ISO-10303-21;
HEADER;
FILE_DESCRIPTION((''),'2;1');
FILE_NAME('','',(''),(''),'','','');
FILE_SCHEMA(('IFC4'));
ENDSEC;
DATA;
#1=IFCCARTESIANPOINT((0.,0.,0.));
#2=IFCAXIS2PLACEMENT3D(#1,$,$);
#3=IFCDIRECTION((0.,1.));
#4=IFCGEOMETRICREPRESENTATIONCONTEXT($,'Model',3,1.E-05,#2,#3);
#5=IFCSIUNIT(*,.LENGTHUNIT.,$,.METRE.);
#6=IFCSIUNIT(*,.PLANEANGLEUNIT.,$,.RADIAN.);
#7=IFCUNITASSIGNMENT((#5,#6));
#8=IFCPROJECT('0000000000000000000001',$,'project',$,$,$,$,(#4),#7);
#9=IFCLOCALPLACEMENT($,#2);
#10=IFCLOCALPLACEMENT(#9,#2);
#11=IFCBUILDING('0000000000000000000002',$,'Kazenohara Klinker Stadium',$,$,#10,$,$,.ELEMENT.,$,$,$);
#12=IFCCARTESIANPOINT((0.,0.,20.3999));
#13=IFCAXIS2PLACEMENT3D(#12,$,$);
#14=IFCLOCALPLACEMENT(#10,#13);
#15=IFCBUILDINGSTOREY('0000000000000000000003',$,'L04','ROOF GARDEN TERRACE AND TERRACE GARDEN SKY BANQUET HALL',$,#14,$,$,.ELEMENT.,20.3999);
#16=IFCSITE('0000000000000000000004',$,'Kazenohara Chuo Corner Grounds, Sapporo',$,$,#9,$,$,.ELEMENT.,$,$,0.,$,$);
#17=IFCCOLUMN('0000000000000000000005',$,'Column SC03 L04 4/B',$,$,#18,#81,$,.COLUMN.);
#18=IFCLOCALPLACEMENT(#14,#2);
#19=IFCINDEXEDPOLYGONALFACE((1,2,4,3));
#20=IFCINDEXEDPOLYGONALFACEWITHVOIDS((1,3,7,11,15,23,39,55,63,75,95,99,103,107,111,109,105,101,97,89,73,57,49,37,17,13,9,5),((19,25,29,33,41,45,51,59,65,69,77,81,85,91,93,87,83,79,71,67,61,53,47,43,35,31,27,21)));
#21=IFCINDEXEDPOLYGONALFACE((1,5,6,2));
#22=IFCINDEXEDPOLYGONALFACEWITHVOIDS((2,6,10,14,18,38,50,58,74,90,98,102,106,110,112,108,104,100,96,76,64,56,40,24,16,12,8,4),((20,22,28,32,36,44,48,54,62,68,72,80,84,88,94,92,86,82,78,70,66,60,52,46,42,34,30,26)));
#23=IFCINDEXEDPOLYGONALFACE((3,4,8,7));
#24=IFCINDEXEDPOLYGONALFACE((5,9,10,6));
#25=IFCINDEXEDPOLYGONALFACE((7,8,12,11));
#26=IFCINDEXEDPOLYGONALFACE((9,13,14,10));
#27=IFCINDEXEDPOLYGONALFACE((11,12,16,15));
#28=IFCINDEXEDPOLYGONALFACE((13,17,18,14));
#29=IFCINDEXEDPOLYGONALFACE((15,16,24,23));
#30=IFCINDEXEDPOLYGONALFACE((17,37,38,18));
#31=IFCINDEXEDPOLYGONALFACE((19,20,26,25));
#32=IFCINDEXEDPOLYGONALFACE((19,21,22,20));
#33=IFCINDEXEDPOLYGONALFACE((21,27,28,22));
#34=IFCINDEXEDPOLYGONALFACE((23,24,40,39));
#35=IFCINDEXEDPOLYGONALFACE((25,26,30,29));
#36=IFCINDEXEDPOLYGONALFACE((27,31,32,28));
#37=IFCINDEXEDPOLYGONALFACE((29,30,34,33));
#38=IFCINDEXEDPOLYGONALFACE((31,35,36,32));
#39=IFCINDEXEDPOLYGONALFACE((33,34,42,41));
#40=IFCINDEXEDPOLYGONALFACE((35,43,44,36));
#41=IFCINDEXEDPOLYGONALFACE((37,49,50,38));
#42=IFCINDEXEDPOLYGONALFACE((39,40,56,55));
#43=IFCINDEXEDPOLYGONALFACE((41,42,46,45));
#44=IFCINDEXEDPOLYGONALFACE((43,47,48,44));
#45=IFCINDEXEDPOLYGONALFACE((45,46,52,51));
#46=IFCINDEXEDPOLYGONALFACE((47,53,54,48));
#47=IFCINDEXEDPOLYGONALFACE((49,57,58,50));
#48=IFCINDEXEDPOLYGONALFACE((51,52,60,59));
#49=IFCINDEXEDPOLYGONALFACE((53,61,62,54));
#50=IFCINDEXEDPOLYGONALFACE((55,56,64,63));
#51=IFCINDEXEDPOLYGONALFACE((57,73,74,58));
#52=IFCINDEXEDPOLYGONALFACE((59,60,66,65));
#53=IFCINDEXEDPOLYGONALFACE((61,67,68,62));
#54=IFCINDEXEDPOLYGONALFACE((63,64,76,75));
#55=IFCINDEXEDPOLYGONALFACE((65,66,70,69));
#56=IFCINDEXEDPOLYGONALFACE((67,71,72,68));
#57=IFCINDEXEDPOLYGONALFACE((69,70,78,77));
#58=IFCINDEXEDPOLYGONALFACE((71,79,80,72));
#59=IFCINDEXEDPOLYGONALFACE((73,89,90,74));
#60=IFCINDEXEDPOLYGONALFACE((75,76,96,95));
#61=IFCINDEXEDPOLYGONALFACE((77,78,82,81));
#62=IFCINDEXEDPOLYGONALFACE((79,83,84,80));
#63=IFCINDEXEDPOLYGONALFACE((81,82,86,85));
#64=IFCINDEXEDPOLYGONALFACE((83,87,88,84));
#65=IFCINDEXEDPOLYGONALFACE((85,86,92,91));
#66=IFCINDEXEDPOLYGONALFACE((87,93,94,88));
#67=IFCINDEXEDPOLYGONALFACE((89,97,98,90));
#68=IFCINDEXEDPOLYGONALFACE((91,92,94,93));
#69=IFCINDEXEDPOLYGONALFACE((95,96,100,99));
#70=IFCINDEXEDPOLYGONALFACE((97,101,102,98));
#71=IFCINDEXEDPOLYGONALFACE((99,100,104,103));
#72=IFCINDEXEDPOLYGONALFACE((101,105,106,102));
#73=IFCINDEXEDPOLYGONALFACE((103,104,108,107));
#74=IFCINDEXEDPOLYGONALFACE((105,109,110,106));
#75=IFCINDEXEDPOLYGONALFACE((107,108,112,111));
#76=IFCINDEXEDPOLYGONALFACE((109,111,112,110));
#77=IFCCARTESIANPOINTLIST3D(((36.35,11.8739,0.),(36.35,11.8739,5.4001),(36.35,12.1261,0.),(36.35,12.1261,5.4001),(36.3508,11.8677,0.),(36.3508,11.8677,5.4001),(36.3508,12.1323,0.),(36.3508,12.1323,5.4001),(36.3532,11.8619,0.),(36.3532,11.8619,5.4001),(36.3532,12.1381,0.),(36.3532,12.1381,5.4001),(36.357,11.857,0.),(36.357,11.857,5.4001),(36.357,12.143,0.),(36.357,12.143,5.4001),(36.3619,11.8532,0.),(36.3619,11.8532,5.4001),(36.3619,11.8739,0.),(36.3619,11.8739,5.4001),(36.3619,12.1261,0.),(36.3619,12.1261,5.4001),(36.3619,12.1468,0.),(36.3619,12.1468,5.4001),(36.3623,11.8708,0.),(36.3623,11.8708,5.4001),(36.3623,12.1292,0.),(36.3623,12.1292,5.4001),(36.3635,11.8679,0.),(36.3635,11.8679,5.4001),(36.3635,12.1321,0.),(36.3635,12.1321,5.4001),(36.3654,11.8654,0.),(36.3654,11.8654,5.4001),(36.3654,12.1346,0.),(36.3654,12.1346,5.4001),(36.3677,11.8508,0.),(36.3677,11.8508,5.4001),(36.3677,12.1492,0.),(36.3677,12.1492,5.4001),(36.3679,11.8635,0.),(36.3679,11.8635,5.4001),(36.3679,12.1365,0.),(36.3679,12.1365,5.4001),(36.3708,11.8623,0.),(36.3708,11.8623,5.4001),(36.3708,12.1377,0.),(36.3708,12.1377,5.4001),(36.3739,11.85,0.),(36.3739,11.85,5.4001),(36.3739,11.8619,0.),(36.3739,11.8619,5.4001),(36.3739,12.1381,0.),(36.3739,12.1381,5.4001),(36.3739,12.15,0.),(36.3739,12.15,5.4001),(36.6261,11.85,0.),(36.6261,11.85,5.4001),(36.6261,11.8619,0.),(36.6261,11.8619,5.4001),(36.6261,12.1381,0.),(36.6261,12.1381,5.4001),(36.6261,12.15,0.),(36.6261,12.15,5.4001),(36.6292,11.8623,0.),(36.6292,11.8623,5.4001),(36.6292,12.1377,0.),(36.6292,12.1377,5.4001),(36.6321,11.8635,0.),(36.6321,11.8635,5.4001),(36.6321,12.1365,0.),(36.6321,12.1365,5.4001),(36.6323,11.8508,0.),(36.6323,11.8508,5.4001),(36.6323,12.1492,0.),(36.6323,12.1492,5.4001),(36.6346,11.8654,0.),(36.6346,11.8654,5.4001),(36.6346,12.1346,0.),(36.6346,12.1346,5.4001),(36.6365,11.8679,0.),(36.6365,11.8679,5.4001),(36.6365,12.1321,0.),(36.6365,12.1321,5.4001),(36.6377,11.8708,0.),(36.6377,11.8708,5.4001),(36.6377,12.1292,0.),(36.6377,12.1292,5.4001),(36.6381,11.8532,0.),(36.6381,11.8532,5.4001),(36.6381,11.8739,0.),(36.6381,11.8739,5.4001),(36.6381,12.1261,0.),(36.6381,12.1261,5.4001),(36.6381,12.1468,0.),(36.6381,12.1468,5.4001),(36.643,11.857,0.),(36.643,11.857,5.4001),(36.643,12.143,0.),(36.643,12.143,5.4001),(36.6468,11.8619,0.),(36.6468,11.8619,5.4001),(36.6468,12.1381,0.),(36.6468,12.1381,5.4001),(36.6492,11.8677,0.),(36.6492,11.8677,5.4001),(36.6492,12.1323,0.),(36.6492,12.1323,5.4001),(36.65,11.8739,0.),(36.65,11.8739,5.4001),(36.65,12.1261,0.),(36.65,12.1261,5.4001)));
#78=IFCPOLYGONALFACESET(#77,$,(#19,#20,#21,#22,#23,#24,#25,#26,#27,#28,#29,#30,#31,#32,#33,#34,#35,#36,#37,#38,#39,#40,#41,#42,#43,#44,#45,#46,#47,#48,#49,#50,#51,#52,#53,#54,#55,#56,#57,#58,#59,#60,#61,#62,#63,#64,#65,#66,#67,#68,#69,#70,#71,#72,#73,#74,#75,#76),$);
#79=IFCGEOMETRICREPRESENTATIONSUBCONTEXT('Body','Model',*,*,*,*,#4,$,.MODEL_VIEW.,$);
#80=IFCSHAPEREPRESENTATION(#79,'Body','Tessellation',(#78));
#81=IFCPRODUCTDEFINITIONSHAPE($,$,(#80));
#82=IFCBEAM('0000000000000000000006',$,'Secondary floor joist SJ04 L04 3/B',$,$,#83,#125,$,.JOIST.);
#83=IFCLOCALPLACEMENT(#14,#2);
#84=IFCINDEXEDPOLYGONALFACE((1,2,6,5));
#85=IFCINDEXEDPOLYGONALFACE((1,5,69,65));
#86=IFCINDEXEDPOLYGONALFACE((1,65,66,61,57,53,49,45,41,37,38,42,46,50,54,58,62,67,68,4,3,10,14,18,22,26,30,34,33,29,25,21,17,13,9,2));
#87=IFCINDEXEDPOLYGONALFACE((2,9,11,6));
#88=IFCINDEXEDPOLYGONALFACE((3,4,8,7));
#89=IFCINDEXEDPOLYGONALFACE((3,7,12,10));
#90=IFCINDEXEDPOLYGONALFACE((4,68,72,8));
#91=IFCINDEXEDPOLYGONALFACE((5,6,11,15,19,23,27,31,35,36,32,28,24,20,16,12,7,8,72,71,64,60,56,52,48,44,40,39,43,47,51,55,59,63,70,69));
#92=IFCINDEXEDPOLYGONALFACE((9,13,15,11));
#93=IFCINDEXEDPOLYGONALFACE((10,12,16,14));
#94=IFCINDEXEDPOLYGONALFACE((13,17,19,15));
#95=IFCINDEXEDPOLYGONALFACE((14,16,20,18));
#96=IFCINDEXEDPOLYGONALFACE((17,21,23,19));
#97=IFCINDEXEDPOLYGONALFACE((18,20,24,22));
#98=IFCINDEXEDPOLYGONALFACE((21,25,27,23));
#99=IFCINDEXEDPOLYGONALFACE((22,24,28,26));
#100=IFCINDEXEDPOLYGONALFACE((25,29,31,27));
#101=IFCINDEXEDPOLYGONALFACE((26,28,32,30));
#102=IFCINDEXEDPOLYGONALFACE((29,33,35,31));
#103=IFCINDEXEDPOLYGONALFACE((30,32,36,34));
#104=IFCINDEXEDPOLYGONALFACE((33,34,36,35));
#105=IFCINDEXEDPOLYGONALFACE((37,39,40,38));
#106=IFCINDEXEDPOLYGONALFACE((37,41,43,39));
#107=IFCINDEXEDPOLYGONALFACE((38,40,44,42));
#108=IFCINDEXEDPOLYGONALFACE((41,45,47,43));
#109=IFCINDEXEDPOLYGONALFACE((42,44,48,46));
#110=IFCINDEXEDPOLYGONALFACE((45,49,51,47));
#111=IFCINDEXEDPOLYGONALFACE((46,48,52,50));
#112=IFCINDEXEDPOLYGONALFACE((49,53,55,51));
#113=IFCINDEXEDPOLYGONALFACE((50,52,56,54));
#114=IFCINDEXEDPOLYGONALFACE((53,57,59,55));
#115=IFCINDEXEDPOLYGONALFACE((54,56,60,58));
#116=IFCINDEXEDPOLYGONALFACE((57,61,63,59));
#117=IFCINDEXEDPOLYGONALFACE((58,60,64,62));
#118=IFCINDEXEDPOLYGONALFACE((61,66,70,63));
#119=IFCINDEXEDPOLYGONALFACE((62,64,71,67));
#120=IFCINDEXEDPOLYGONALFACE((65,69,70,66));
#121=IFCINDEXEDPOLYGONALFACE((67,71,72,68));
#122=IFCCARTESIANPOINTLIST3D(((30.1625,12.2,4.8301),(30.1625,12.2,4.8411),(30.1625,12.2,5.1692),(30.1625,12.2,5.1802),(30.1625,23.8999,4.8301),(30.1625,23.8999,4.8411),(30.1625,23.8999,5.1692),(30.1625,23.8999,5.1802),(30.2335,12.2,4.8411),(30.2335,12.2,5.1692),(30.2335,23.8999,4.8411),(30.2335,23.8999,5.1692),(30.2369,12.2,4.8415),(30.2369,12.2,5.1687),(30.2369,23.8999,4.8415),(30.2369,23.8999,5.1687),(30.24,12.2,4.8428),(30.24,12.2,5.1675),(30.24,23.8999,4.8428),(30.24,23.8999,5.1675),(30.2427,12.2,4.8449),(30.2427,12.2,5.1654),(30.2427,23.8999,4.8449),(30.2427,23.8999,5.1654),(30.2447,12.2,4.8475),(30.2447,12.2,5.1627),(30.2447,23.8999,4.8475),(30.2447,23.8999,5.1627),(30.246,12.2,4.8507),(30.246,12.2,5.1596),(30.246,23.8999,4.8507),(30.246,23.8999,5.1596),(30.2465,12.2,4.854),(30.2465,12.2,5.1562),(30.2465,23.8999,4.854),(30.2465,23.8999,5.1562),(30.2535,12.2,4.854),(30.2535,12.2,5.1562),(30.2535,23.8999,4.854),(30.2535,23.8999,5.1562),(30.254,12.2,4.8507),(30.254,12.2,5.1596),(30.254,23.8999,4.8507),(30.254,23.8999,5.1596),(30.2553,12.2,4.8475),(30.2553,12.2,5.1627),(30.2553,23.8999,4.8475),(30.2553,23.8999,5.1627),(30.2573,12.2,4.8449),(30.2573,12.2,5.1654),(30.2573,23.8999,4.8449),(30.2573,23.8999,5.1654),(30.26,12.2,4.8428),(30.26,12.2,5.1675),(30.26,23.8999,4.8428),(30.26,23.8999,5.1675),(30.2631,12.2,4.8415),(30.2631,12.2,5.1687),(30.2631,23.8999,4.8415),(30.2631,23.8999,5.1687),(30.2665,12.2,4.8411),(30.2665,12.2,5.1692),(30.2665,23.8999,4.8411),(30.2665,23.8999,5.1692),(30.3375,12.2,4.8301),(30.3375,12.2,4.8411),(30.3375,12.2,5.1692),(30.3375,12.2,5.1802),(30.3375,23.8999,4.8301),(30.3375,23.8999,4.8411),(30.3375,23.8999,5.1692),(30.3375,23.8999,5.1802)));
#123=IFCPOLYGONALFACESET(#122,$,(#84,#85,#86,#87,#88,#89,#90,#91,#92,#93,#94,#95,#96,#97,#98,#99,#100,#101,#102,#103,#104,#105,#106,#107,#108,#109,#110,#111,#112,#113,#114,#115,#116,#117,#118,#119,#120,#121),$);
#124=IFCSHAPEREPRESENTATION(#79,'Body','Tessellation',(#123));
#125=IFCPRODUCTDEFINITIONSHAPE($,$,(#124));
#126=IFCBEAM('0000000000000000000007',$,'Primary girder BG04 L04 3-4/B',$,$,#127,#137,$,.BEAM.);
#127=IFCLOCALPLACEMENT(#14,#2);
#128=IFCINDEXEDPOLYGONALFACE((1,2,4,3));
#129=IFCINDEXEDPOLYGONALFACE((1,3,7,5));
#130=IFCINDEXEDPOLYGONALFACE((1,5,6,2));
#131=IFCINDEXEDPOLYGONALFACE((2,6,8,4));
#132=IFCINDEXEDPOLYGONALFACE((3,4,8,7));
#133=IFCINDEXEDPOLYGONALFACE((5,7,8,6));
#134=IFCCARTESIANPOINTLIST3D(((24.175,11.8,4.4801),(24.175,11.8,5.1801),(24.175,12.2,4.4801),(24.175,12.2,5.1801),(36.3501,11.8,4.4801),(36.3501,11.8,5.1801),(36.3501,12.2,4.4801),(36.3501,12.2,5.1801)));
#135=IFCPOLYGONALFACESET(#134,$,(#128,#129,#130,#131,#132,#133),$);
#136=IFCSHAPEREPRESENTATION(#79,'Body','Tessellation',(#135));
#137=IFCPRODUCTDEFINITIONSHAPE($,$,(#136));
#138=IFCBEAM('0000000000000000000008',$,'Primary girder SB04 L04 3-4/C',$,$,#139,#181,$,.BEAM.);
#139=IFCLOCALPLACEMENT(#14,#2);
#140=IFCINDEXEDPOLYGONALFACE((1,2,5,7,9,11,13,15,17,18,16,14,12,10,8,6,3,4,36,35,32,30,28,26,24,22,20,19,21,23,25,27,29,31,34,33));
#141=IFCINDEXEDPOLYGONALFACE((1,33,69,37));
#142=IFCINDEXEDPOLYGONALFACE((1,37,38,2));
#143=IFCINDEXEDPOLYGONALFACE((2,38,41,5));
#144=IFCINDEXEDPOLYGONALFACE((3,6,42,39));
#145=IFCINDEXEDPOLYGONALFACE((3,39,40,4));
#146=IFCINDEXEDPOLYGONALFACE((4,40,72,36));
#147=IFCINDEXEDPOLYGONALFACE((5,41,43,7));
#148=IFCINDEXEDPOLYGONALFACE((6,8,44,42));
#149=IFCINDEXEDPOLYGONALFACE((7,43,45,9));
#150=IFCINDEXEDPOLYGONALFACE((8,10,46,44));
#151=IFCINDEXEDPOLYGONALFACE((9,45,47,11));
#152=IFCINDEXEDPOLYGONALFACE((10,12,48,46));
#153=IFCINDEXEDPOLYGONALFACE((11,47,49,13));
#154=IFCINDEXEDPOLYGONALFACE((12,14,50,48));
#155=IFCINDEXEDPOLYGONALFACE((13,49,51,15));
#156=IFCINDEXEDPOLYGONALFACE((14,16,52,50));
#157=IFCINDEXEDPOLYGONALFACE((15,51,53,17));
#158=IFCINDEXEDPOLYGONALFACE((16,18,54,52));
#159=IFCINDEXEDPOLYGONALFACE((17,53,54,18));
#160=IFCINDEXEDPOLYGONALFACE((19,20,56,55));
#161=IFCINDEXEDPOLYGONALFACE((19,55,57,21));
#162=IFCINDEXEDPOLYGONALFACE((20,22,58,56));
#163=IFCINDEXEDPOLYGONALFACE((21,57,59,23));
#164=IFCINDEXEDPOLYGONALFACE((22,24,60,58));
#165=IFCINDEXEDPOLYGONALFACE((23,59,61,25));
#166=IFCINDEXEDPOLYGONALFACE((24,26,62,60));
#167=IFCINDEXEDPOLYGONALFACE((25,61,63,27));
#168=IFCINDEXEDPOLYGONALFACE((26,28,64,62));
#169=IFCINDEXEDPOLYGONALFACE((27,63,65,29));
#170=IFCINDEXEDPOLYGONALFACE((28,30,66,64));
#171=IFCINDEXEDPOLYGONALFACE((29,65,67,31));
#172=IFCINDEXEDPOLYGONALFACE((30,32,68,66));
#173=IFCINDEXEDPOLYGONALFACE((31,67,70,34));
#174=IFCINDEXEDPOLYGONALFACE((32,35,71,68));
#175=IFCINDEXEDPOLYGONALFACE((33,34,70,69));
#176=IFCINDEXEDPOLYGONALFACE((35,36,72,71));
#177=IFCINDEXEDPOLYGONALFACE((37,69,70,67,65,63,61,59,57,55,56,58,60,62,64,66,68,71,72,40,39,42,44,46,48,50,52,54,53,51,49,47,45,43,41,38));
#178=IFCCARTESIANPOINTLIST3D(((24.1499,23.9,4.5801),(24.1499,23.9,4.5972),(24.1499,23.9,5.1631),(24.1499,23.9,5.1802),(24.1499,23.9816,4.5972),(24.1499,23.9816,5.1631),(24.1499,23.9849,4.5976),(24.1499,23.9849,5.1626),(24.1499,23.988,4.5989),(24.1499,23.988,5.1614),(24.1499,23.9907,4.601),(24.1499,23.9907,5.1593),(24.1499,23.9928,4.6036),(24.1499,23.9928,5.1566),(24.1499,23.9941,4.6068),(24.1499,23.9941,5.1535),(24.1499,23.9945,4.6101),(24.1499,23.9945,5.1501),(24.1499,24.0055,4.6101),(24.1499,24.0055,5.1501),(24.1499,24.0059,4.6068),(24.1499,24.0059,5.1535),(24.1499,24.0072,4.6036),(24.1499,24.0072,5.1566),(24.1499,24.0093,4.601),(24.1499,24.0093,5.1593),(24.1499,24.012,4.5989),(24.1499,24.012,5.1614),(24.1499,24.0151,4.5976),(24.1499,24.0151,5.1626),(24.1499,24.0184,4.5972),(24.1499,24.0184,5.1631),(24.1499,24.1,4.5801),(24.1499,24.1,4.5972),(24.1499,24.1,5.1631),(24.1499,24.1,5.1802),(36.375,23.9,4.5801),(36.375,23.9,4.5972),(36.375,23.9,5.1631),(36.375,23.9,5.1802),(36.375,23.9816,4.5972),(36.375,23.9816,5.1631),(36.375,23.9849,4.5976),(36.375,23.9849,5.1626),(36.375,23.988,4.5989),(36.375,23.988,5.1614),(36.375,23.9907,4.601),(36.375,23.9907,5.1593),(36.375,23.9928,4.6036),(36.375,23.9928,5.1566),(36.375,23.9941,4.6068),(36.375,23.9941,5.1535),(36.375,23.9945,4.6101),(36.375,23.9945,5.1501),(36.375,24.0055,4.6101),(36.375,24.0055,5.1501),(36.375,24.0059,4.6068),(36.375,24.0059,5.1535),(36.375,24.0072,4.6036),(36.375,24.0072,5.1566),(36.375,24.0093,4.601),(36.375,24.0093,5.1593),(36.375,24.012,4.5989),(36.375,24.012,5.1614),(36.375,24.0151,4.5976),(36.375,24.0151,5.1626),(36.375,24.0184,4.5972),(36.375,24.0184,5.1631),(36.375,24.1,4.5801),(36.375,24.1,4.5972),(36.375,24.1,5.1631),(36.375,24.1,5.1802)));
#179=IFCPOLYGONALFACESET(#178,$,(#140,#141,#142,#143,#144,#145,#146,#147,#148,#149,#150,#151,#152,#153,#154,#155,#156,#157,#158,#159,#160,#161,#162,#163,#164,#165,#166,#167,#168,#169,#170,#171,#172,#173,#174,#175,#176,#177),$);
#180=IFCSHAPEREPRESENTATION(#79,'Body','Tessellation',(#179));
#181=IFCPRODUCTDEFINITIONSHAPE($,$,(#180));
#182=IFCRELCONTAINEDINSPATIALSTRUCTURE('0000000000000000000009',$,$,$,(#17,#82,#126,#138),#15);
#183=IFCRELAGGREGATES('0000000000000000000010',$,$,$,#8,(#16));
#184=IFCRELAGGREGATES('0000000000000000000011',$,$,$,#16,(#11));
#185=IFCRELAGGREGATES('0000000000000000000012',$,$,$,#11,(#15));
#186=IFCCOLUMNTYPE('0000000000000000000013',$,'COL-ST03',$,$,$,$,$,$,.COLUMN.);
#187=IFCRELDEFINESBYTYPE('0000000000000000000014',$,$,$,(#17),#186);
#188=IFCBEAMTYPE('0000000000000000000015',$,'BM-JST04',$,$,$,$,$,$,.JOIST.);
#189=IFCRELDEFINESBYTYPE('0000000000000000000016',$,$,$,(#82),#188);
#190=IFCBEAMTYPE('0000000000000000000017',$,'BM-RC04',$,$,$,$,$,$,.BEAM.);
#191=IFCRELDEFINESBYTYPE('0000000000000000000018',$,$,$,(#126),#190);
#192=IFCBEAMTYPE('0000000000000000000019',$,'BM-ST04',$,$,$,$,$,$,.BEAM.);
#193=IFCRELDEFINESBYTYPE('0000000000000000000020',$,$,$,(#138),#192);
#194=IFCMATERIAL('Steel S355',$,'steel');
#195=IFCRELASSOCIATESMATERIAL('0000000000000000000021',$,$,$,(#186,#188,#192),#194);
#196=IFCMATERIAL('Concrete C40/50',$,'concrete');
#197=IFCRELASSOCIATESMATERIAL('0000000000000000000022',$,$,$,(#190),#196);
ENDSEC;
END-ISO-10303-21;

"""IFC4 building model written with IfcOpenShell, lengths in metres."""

from ifc_helpers import new_model, si_unit, direction, frame, origin, origin_2d, place, context, subcontext, project, spatial, rectangle, hollow_rectangle, i_section, extrude, material, material_profile, profile_set, type_object, element, save


model = new_model("IFC4")

# Units and contexts
model_context = context("Model", 3, precision=1e-05, world=origin(), true_north=direction((0.0, 1.0)))
body_context = subcontext(model_context, "Body", "Model", "MODEL_VIEW")
ifc_project = project(units=[si_unit("LENGTHUNIT", "METRE"), si_unit("PLANEANGLEUNIT", "RADIAN")], contexts=[model_context])

# Site, building, storey
site_placement = place(None, origin())
site = spatial("IfcSite", under=ifc_project, at=site_placement, Name="Kazenohara Chuo Corner Grounds, Sapporo", CompositionType="ELEMENT", RefElevation=0.0)
building_placement = place(site_placement, origin())
building = spatial("IfcBuilding", under=site, at=building_placement, Name="Kazenohara Klinker Stadium", CompositionType="ELEMENT")
storey_placement = place(building_placement, frame((0.0, 0.0, 20.3999)))
storey = spatial("IfcBuildingStorey", under=building, at=storey_placement, Name="L04", Description="ROOF GARDEN TERRACE AND TERRACE GARDEN SKY BANQUET HALL", CompositionType="ELEMENT", Elevation=20.3999)

# Column
ifc_material_1 = material(Name="Steel S355", Category="steel")
ifc_material_profile_1 = material_profile(ifc_material_1, hollow_rectangle(XDim=0.3, YDim=0.3, WallThickness=0.012, InnerFilletRadius=0.012, OuterFilletRadius=0.0239, at=origin_2d()), Name="SHS-300x300x12")
ifc_profile_set_1 = profile_set([ifc_material_profile_1], Name="Steel S355")
column_type = type_object("IfcColumnType", Name="COL-ST03", PredefinedType="COLUMN", material=ifc_profile_set_1)
column_placement = place(storey_placement, frame((36.5, 12.0, 0.0), z_axis=(0.0, 0.0, 1.0), x_axis=(1.0, 0.0, 0.0)))
element("IfcColumn", 1, at=column_placement, inside=storey, type_object=column_type, Name="Column SC03 L04 4/B", PredefinedType="COLUMN", context=body_context, shape_type="SweptSolid", body=[
    extrude(hollow_rectangle(XDim=0.3, YDim=0.3, WallThickness=0.012, InnerFilletRadius=0.012, OuterFilletRadius=0.0239, at=origin_2d()), origin(), (0.0, 0.0, 1.0), 5.4001),
])

# Beams
ifc_material_profile_2 = material_profile(ifc_material_1, i_section(OverallWidth=0.175, OverallDepth=0.3501, WebThickness=0.0071, FlangeThickness=0.011, FilletRadius=0.0129, at=origin_2d()), Name="H-350x175x7x11")
ifc_profile_set_2 = profile_set([ifc_material_profile_2], Name="Steel S355")
beam_type_1 = type_object("IfcBeamType", Name="BM-JST04", PredefinedType="JOIST", material=ifc_profile_set_2)
beam_1_placement = place(storey_placement, frame((30.25, 12.2, 5.0051), z_axis=(0.0, 1.0, 0.0), x_axis=(-1.0, 0.0, 0.0)))
element("IfcBeam", 2, at=beam_1_placement, inside=storey, type_object=beam_type_1, Name="Secondary floor joist SJ04 L04 3/B", PredefinedType="JOIST", context=body_context, shape_type="SweptSolid", body=[
    extrude(i_section(OverallWidth=0.175, OverallDepth=0.3501, WebThickness=0.0071, FlangeThickness=0.011, FilletRadius=0.0129, at=origin_2d()), origin(), (0.0, 0.0, 1.0), 11.7),
])
ifc_material_2 = material(Name="Concrete C40/50", Category="concrete")
ifc_material_profile_3 = material_profile(ifc_material_2, rectangle(XDim=0.3999, YDim=0.7, at=origin_2d()), Name="RC-BM-400x700")
ifc_profile_set_3 = profile_set([ifc_material_profile_3], Name="Concrete C40/50")
beam_type_2 = type_object("IfcBeamType", Name="BM-RC04", PredefinedType="BEAM", material=ifc_profile_set_3)
beam_2_placement = place(storey_placement, frame((24.175, 12.0, 4.8301), z_axis=(1.0, 0.0, 0.0), x_axis=(0.0, 1.0, 0.0)))
element("IfcBeam", 3, at=beam_2_placement, inside=storey, type_object=beam_type_2, Name="Primary girder BG04 L04 3-4/B", PredefinedType="BEAM", context=body_context, shape_type="SweptSolid", body=[
    extrude(rectangle(XDim=0.3999, YDim=0.7, at=origin_2d()), origin(), (0.0, 0.0, 1.0), 12.175),
])
ifc_material_profile_4 = material_profile(ifc_material_1, i_section(OverallWidth=0.2, OverallDepth=0.6001, WebThickness=0.011, FlangeThickness=0.0171, FilletRadius=0.0129, at=origin_2d()), Name="H-600x200x11x17")
ifc_profile_set_4 = profile_set([ifc_material_profile_4], Name="Steel S355")
beam_type_3 = type_object("IfcBeamType", Name="BM-ST04", PredefinedType="BEAM", material=ifc_profile_set_4)
beam_3_placement = place(storey_placement, frame((24.1499, 24.0, 4.8801), z_axis=(1.0, 0.0, 0.0), x_axis=(0.0, 1.0, 0.0)))
element("IfcBeam", 4, at=beam_3_placement, inside=storey, type_object=beam_type_3, Name="Primary girder SB04 L04 3-4/C", PredefinedType="BEAM", context=body_context, shape_type="SweptSolid", body=[
    extrude(i_section(OverallWidth=0.2, OverallDepth=0.6001, WebThickness=0.011, FlangeThickness=0.0171, FilletRadius=0.0129, at=origin_2d()), origin(), (0.0, 0.0, 1.0), 12.2251),
])

save(model, "model.ifc")
